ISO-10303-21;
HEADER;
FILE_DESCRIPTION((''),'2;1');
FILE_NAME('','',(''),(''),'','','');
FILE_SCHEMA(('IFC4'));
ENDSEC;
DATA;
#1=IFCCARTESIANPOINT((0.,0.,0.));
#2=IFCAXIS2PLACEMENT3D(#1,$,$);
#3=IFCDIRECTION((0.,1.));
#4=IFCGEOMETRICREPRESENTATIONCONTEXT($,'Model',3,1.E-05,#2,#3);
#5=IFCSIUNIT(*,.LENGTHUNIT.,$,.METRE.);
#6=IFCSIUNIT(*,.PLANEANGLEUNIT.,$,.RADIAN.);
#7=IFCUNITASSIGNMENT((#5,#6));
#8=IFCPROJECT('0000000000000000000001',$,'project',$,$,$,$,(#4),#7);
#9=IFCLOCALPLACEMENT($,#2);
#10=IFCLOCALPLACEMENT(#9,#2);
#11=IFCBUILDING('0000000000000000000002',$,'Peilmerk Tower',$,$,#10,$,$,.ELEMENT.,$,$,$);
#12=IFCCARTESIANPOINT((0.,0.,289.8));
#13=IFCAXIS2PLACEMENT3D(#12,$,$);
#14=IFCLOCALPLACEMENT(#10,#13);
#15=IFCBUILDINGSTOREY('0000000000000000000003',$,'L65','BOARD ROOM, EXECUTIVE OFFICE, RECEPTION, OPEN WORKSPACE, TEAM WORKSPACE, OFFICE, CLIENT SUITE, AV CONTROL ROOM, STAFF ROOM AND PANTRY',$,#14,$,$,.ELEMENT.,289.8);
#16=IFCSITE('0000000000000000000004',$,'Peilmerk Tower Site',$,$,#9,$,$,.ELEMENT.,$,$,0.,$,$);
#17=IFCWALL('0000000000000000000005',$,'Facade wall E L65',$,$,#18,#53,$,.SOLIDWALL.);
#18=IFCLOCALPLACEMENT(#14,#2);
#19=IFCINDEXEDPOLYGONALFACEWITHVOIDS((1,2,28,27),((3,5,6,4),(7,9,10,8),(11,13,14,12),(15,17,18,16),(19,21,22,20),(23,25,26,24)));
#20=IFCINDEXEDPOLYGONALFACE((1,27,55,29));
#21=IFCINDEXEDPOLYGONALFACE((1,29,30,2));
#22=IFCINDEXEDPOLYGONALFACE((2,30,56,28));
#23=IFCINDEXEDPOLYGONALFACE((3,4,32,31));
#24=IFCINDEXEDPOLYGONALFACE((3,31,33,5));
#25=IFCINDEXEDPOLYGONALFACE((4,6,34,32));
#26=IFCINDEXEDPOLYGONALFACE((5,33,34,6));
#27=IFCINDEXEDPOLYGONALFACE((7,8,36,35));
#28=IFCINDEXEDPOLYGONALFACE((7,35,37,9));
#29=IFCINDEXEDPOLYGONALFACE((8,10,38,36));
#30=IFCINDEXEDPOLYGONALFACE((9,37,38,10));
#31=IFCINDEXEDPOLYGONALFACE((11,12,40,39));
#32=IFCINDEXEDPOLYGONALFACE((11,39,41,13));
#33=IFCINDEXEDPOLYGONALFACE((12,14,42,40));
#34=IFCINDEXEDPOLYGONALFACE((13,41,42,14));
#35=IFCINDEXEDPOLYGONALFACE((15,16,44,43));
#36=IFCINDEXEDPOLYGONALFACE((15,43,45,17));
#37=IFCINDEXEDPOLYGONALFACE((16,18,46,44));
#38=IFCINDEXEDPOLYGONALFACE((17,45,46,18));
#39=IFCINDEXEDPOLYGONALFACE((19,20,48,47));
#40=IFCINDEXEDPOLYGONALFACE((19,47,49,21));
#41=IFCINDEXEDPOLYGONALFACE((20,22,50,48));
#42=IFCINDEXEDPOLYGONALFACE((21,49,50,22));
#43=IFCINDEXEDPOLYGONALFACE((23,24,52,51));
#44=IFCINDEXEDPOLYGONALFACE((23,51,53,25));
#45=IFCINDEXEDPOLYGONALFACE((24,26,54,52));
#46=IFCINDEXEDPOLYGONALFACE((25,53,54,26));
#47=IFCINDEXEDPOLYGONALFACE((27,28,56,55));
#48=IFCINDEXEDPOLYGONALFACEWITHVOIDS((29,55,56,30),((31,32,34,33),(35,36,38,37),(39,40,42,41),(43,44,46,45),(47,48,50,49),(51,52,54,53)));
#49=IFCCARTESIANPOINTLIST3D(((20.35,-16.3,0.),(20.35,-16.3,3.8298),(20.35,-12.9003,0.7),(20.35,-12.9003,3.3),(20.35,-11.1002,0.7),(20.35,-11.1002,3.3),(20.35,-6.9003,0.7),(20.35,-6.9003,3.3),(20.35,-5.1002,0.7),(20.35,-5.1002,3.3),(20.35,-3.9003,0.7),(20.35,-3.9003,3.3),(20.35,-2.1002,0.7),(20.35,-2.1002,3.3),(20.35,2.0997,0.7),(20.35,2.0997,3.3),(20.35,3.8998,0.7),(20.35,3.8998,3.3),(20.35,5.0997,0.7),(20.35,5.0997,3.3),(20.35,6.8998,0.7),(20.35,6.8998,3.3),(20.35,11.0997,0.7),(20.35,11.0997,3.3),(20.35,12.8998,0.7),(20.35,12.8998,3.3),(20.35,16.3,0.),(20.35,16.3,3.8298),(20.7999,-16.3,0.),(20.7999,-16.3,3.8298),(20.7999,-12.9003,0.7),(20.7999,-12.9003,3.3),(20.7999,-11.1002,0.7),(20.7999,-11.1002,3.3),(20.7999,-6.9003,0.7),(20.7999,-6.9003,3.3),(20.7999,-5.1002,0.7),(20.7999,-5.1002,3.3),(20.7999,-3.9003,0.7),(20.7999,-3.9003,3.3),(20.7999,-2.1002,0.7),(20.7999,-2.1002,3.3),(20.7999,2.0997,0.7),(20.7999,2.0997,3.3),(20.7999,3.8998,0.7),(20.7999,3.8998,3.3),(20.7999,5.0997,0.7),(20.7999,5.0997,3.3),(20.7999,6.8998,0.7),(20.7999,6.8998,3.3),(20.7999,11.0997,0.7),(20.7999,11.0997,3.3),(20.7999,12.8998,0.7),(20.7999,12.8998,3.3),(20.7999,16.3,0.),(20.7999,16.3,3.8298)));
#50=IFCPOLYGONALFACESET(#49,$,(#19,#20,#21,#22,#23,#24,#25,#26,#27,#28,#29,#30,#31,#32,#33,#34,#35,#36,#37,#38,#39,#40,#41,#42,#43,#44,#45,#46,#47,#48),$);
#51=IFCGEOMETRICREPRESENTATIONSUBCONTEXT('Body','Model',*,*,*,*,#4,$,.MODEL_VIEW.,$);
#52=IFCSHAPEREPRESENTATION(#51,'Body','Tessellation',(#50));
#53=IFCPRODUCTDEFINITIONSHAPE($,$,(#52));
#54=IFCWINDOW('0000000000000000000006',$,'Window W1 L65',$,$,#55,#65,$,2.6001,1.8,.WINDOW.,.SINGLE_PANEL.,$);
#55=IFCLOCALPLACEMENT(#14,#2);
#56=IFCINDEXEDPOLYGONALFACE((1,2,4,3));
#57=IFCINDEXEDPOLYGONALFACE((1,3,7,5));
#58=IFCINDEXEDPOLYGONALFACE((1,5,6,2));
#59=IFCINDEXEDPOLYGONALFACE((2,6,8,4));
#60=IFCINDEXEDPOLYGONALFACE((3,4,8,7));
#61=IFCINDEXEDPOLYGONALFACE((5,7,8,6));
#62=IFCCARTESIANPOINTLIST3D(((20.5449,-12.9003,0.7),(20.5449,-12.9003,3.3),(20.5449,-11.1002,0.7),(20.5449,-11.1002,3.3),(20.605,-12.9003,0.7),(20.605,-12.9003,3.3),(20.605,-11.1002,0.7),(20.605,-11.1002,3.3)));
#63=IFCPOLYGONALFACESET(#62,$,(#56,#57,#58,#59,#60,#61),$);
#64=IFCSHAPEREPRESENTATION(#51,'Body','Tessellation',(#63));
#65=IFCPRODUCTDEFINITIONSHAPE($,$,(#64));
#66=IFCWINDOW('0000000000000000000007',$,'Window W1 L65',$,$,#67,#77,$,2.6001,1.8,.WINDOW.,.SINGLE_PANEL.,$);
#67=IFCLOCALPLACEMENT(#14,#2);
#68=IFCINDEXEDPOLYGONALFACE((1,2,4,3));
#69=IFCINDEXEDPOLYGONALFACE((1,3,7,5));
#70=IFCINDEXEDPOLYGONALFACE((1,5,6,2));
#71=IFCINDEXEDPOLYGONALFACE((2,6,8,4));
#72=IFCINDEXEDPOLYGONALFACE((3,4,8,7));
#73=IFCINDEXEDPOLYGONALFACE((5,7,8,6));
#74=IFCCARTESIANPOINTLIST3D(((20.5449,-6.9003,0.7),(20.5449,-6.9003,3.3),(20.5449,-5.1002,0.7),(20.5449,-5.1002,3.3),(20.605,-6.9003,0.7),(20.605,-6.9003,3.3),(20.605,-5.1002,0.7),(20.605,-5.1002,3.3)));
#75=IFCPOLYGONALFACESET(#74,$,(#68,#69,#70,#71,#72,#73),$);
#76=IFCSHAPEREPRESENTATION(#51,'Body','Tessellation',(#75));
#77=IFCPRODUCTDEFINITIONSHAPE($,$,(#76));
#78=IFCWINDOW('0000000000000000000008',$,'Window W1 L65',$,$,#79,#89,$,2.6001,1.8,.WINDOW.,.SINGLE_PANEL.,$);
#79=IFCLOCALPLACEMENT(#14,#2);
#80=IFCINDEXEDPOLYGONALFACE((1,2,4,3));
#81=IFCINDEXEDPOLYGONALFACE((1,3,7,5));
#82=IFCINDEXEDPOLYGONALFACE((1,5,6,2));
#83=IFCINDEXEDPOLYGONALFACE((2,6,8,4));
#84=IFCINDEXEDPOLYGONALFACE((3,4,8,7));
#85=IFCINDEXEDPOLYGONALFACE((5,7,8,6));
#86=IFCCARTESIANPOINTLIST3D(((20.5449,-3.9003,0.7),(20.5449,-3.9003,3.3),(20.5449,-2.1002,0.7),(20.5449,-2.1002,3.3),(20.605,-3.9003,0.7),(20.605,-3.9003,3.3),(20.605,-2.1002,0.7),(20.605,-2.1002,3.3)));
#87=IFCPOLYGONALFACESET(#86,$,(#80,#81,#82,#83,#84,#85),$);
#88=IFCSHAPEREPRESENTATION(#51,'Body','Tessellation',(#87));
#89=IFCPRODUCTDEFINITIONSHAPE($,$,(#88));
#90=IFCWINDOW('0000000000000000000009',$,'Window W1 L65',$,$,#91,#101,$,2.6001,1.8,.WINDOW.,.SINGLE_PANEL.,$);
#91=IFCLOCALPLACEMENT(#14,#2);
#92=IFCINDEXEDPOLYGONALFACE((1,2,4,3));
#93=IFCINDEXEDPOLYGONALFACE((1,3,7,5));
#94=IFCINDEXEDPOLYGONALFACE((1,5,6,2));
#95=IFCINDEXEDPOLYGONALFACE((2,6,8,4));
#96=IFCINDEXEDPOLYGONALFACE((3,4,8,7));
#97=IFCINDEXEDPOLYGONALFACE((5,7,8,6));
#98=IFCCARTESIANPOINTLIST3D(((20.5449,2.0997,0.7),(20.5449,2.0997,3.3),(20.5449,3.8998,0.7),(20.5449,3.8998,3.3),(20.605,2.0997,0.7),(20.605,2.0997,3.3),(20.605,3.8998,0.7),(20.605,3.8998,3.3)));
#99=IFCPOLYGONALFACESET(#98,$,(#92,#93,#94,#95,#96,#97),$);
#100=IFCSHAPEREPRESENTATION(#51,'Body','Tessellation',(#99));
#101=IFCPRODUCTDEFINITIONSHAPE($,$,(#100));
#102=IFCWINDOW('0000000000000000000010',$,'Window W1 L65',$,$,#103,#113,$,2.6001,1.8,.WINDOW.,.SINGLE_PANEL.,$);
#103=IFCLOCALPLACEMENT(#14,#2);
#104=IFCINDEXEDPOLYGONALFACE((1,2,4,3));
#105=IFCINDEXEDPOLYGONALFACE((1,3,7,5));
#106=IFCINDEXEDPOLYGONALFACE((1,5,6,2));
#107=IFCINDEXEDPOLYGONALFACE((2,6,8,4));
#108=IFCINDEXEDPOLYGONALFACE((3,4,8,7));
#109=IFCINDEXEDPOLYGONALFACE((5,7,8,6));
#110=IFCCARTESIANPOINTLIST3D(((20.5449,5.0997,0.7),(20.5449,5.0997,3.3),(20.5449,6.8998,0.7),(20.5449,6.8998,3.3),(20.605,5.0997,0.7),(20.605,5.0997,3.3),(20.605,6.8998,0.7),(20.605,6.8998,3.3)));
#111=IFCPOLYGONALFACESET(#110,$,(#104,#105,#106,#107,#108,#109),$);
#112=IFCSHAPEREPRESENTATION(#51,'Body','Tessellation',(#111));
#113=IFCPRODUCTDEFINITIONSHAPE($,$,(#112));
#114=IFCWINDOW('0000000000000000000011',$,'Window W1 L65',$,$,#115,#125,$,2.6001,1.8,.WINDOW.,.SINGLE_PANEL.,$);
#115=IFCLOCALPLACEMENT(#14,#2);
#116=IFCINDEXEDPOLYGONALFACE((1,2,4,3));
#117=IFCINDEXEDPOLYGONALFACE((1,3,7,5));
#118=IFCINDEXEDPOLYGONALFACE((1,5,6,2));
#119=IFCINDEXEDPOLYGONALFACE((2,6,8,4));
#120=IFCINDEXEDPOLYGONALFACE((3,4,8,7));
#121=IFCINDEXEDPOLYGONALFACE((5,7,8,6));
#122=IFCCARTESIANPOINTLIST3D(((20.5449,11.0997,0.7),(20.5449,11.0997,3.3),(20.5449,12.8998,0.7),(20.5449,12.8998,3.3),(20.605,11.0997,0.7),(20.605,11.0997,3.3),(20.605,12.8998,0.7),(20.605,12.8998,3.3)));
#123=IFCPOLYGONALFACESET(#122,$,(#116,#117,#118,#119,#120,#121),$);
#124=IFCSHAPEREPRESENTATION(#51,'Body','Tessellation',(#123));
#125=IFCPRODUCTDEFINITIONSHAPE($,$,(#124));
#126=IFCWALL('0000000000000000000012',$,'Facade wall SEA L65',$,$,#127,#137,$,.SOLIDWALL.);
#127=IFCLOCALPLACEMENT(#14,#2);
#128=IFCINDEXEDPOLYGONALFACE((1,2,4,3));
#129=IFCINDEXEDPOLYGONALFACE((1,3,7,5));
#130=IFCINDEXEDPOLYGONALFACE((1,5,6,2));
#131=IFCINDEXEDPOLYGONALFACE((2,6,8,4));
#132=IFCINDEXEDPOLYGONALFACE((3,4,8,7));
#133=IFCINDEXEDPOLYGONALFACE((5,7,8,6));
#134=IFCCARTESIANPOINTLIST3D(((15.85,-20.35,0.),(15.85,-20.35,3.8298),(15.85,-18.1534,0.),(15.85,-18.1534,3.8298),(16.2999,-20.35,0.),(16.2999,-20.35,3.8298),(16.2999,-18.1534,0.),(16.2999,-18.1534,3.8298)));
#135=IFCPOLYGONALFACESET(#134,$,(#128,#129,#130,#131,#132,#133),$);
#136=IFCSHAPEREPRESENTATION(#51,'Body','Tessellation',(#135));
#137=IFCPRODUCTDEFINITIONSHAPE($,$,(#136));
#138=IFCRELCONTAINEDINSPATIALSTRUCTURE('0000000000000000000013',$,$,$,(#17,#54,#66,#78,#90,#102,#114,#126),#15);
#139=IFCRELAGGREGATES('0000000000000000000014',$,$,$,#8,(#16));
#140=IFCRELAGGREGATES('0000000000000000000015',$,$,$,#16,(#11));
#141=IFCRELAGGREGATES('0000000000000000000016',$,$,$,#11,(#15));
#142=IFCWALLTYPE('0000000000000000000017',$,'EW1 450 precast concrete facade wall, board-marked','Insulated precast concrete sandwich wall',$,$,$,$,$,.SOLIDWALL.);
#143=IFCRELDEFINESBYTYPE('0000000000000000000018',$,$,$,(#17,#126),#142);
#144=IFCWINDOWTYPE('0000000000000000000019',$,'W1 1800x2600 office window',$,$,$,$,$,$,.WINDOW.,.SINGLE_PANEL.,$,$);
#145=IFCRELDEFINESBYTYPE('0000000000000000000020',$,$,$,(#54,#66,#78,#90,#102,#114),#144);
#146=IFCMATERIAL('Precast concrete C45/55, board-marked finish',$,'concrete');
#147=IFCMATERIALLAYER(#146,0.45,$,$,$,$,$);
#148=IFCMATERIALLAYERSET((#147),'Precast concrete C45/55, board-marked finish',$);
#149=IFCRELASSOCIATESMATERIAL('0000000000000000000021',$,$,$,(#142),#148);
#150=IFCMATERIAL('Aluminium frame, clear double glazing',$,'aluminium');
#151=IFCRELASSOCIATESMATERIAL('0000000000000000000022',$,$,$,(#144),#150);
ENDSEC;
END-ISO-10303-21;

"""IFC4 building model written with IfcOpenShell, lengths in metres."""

from ifc_helpers import new_model, si_unit, direction, frame, frame_2d, origin, place, context, subcontext, project, spatial, rectangle, extrude, material, layer, layer_set, type_object, element, fill, save


model = new_model("IFC4")

# Units and contexts
model_context = context("Model", 3, precision=1e-05, world=origin(), true_north=direction((0.0, 1.0)))
body_context = subcontext(model_context, "Body", "Model", "MODEL_VIEW")
ifc_project = project(units=[si_unit("LENGTHUNIT", "METRE"), si_unit("PLANEANGLEUNIT", "RADIAN")], contexts=[model_context])

# Site, building, storey
site_placement = place(None, origin())
site = spatial("IfcSite", under=ifc_project, at=site_placement, Name="Peilmerk Tower Site", CompositionType="ELEMENT", RefElevation=0.0)
building_placement = place(site_placement, origin())
building = spatial("IfcBuilding", under=site, at=building_placement, Name="Peilmerk Tower", CompositionType="ELEMENT")
storey_placement = place(building_placement, frame((0.0, 0.0, 289.8)))
storey = spatial("IfcBuildingStorey", under=building, at=storey_placement, Name="L65", Description="BOARD ROOM, EXECUTIVE OFFICE, RECEPTION, OPEN WORKSPACE, TEAM WORKSPACE, OFFICE, CLIENT SUITE, AV CONTROL ROOM, STAFF ROOM AND PANTRY", CompositionType="ELEMENT", Elevation=289.8)

# Wall, openings, windows
ifc_material_1 = material(Name="Precast concrete C45/55, board-marked finish", Category="concrete")
ifc_layer_1 = layer(ifc_material_1, 0.45)
ifc_layer_set_1 = layer_set([ifc_layer_1], Name="Precast concrete C45/55, board-marked finish")
wall_type = type_object("IfcWallType", Name="EW1 450 precast concrete facade wall, board-marked", Description="Insulated precast concrete sandwich wall", PredefinedType="SOLIDWALL", material=ifc_layer_set_1)
wall_1_placement = place(storey_placement, frame((20.575, -16.3, 0.0), z_axis=(0.0, 0.0, 1.0), x_axis=(0.0, 1.0, 0.0)))
wall_1 = element("IfcWall", 1, at=wall_1_placement, inside=storey, type_object=wall_type, Name="Facade wall E L65", PredefinedType="SOLIDWALL", context=body_context, shape_type="SweptSolid", body=[
    extrude(rectangle(XDim=32.6001, YDim=0.45, at=frame_2d((16.3, 0.0))), origin(), (0.0, 0.0, 1.0), 3.8298),
])
opening_1_placement = place(wall_1_placement, frame((3.3999, 0.0, 0.7)))
opening_1 = element("IfcOpeningElement", 2, at=opening_1_placement, cuts=wall_1, PredefinedType="OPENING", context=body_context, shape_type="SweptSolid", body=[
    extrude(rectangle(XDim=1.8, YDim=2.6001, at=frame_2d((0.8999, 1.3))), frame((0.0, 0.2349, 0.0), z_axis=(0.0, -1.0, 0.0), x_axis=(1.0, 0.0, 0.0)), (0.0, 0.0, 1.0), 0.47),
])
opening_2_placement = place(wall_1_placement, frame((9.3999, 0.0, 0.7)))
opening_2 = element("IfcOpeningElement", 3, at=opening_2_placement, cuts=wall_1, PredefinedType="OPENING", context=body_context, shape_type="SweptSolid", body=[
    extrude(rectangle(XDim=1.8, YDim=2.6001, at=frame_2d((0.8999, 1.3))), frame((0.0, 0.2349, 0.0), z_axis=(0.0, -1.0, 0.0), x_axis=(1.0, 0.0, 0.0)), (0.0, 0.0, 1.0), 0.47),
])
opening_3_placement = place(wall_1_placement, frame((12.3999, 0.0, 0.7)))
opening_3 = element("IfcOpeningElement", 4, at=opening_3_placement, cuts=wall_1, PredefinedType="OPENING", context=body_context, shape_type="SweptSolid", body=[
    extrude(rectangle(XDim=1.8, YDim=2.6001, at=frame_2d((0.8999, 1.3))), frame((0.0, 0.2349, 0.0), z_axis=(0.0, -1.0, 0.0), x_axis=(1.0, 0.0, 0.0)), (0.0, 0.0, 1.0), 0.47),
])
opening_4_placement = place(wall_1_placement, frame((18.3999, 0.0, 0.7)))
opening_4 = element("IfcOpeningElement", 5, at=opening_4_placement, cuts=wall_1, PredefinedType="OPENING", context=body_context, shape_type="SweptSolid", body=[
    extrude(rectangle(XDim=1.8, YDim=2.6001, at=frame_2d((0.8999, 1.3))), frame((0.0, 0.2349, 0.0), z_axis=(0.0, -1.0, 0.0), x_axis=(1.0, 0.0, 0.0)), (0.0, 0.0, 1.0), 0.47),
])
opening_5_placement = place(wall_1_placement, frame((21.3999, 0.0, 0.7)))
opening_5 = element("IfcOpeningElement", 6, at=opening_5_placement, cuts=wall_1, PredefinedType="OPENING", context=body_context, shape_type="SweptSolid", body=[
    extrude(rectangle(XDim=1.8, YDim=2.6001, at=frame_2d((0.8999, 1.3))), frame((0.0, 0.2349, 0.0), z_axis=(0.0, -1.0, 0.0), x_axis=(1.0, 0.0, 0.0)), (0.0, 0.0, 1.0), 0.47),
])
opening_6_placement = place(wall_1_placement, frame((27.3999, 0.0, 0.7)))
opening_6 = element("IfcOpeningElement", 7, at=opening_6_placement, cuts=wall_1, PredefinedType="OPENING", context=body_context, shape_type="SweptSolid", body=[
    extrude(rectangle(XDim=1.8, YDim=2.6001, at=frame_2d((0.8999, 1.3))), frame((0.0, 0.2349, 0.0), z_axis=(0.0, -1.0, 0.0), x_axis=(1.0, 0.0, 0.0)), (0.0, 0.0, 1.0), 0.47),
])
ifc_material_2 = material(Name="Aluminium frame, clear double glazing", Category="aluminium")
window_type = type_object("IfcWindowType", Name="W1 1800x2600 office window", PartitioningType="SINGLE_PANEL", PredefinedType="WINDOW", material=ifc_material_2)
window_1_placement = place(opening_1_placement, origin())
window_1 = element("IfcWindow", 8, at=window_1_placement, inside=storey, type_object=window_type, Name="Window W1 L65", OverallHeight=2.6001, OverallWidth=1.8, PartitioningType="SINGLE_PANEL", PredefinedType="WINDOW", context=body_context, shape_type="SweptSolid", body=[
    extrude(rectangle(XDim=1.8, YDim=2.6001, at=frame_2d((0.8999, 1.3))), frame((0.0, 0.03, 0.0), z_axis=(0.0, -1.0, 0.0), x_axis=(1.0, 0.0, 0.0)), (0.0, 0.0, 1.0), 0.0601),
])
fill(opening_1, window_1)
window_2_placement = place(opening_2_placement, origin())
window_2 = element("IfcWindow", 9, at=window_2_placement, inside=storey, type_object=window_type, Name="Window W1 L65", OverallHeight=2.6001, OverallWidth=1.8, PartitioningType="SINGLE_PANEL", PredefinedType="WINDOW", context=body_context, shape_type="SweptSolid", body=[
    extrude(rectangle(XDim=1.8, YDim=2.6001, at=frame_2d((0.8999, 1.3))), frame((0.0, 0.03, 0.0), z_axis=(0.0, -1.0, 0.0), x_axis=(1.0, 0.0, 0.0)), (0.0, 0.0, 1.0), 0.0601),
])
fill(opening_2, window_2)
window_3_placement = place(opening_3_placement, origin())
window_3 = element("IfcWindow", 10, at=window_3_placement, inside=storey, type_object=window_type, Name="Window W1 L65", OverallHeight=2.6001, OverallWidth=1.8, PartitioningType="SINGLE_PANEL", PredefinedType="WINDOW", context=body_context, shape_type="SweptSolid", body=[
    extrude(rectangle(XDim=1.8, YDim=2.6001, at=frame_2d((0.8999, 1.3))), frame((0.0, 0.03, 0.0), z_axis=(0.0, -1.0, 0.0), x_axis=(1.0, 0.0, 0.0)), (0.0, 0.0, 1.0), 0.0601),
])
fill(opening_3, window_3)
window_4_placement = place(opening_4_placement, origin())
window_4 = element("IfcWindow", 11, at=window_4_placement, inside=storey, type_object=window_type, Name="Window W1 L65", OverallHeight=2.6001, OverallWidth=1.8, PartitioningType="SINGLE_PANEL", PredefinedType="WINDOW", context=body_context, shape_type="SweptSolid", body=[
    extrude(rectangle(XDim=1.8, YDim=2.6001, at=frame_2d((0.8999, 1.3))), frame((0.0, 0.03, 0.0), z_axis=(0.0, -1.0, 0.0), x_axis=(1.0, 0.0, 0.0)), (0.0, 0.0, 1.0), 0.0601),
])
fill(opening_4, window_4)
window_5_placement = place(opening_5_placement, origin())
window_5 = element("IfcWindow", 12, at=window_5_placement, inside=storey, type_object=window_type, Name="Window W1 L65", OverallHeight=2.6001, OverallWidth=1.8, PartitioningType="SINGLE_PANEL", PredefinedType="WINDOW", context=body_context, shape_type="SweptSolid", body=[
    extrude(rectangle(XDim=1.8, YDim=2.6001, at=frame_2d((0.8999, 1.3))), frame((0.0, 0.03, 0.0), z_axis=(0.0, -1.0, 0.0), x_axis=(1.0, 0.0, 0.0)), (0.0, 0.0, 1.0), 0.0601),
])
fill(opening_5, window_5)
window_6_placement = place(opening_6_placement, origin())
window_6 = element("IfcWindow", 13, at=window_6_placement, inside=storey, type_object=window_type, Name="Window W1 L65", OverallHeight=2.6001, OverallWidth=1.8, PartitioningType="SINGLE_PANEL", PredefinedType="WINDOW", context=body_context, shape_type="SweptSolid", body=[
    extrude(rectangle(XDim=1.8, YDim=2.6001, at=frame_2d((0.8999, 1.3))), frame((0.0, 0.03, 0.0), z_axis=(0.0, -1.0, 0.0), x_axis=(1.0, 0.0, 0.0)), (0.0, 0.0, 1.0), 0.0601),
])
fill(opening_6, window_6)

# Wall
wall_2_placement = place(storey_placement, frame((16.075, -18.1536, 0.0), z_axis=(0.0, 0.0, 1.0), x_axis=(0.0, -1.0, 0.0)))
element("IfcWall", 14, at=wall_2_placement, inside=storey, type_object=wall_type, Name="Facade wall SEA L65", PredefinedType="SOLIDWALL", context=body_context, shape_type="SweptSolid", body=[
    extrude(rectangle(XDim=2.1965, YDim=0.45, at=frame_2d((1.0981, 0.0))), origin(), (0.0, 0.0, 1.0), 3.8298),
])

save(model, "model.ifc")
